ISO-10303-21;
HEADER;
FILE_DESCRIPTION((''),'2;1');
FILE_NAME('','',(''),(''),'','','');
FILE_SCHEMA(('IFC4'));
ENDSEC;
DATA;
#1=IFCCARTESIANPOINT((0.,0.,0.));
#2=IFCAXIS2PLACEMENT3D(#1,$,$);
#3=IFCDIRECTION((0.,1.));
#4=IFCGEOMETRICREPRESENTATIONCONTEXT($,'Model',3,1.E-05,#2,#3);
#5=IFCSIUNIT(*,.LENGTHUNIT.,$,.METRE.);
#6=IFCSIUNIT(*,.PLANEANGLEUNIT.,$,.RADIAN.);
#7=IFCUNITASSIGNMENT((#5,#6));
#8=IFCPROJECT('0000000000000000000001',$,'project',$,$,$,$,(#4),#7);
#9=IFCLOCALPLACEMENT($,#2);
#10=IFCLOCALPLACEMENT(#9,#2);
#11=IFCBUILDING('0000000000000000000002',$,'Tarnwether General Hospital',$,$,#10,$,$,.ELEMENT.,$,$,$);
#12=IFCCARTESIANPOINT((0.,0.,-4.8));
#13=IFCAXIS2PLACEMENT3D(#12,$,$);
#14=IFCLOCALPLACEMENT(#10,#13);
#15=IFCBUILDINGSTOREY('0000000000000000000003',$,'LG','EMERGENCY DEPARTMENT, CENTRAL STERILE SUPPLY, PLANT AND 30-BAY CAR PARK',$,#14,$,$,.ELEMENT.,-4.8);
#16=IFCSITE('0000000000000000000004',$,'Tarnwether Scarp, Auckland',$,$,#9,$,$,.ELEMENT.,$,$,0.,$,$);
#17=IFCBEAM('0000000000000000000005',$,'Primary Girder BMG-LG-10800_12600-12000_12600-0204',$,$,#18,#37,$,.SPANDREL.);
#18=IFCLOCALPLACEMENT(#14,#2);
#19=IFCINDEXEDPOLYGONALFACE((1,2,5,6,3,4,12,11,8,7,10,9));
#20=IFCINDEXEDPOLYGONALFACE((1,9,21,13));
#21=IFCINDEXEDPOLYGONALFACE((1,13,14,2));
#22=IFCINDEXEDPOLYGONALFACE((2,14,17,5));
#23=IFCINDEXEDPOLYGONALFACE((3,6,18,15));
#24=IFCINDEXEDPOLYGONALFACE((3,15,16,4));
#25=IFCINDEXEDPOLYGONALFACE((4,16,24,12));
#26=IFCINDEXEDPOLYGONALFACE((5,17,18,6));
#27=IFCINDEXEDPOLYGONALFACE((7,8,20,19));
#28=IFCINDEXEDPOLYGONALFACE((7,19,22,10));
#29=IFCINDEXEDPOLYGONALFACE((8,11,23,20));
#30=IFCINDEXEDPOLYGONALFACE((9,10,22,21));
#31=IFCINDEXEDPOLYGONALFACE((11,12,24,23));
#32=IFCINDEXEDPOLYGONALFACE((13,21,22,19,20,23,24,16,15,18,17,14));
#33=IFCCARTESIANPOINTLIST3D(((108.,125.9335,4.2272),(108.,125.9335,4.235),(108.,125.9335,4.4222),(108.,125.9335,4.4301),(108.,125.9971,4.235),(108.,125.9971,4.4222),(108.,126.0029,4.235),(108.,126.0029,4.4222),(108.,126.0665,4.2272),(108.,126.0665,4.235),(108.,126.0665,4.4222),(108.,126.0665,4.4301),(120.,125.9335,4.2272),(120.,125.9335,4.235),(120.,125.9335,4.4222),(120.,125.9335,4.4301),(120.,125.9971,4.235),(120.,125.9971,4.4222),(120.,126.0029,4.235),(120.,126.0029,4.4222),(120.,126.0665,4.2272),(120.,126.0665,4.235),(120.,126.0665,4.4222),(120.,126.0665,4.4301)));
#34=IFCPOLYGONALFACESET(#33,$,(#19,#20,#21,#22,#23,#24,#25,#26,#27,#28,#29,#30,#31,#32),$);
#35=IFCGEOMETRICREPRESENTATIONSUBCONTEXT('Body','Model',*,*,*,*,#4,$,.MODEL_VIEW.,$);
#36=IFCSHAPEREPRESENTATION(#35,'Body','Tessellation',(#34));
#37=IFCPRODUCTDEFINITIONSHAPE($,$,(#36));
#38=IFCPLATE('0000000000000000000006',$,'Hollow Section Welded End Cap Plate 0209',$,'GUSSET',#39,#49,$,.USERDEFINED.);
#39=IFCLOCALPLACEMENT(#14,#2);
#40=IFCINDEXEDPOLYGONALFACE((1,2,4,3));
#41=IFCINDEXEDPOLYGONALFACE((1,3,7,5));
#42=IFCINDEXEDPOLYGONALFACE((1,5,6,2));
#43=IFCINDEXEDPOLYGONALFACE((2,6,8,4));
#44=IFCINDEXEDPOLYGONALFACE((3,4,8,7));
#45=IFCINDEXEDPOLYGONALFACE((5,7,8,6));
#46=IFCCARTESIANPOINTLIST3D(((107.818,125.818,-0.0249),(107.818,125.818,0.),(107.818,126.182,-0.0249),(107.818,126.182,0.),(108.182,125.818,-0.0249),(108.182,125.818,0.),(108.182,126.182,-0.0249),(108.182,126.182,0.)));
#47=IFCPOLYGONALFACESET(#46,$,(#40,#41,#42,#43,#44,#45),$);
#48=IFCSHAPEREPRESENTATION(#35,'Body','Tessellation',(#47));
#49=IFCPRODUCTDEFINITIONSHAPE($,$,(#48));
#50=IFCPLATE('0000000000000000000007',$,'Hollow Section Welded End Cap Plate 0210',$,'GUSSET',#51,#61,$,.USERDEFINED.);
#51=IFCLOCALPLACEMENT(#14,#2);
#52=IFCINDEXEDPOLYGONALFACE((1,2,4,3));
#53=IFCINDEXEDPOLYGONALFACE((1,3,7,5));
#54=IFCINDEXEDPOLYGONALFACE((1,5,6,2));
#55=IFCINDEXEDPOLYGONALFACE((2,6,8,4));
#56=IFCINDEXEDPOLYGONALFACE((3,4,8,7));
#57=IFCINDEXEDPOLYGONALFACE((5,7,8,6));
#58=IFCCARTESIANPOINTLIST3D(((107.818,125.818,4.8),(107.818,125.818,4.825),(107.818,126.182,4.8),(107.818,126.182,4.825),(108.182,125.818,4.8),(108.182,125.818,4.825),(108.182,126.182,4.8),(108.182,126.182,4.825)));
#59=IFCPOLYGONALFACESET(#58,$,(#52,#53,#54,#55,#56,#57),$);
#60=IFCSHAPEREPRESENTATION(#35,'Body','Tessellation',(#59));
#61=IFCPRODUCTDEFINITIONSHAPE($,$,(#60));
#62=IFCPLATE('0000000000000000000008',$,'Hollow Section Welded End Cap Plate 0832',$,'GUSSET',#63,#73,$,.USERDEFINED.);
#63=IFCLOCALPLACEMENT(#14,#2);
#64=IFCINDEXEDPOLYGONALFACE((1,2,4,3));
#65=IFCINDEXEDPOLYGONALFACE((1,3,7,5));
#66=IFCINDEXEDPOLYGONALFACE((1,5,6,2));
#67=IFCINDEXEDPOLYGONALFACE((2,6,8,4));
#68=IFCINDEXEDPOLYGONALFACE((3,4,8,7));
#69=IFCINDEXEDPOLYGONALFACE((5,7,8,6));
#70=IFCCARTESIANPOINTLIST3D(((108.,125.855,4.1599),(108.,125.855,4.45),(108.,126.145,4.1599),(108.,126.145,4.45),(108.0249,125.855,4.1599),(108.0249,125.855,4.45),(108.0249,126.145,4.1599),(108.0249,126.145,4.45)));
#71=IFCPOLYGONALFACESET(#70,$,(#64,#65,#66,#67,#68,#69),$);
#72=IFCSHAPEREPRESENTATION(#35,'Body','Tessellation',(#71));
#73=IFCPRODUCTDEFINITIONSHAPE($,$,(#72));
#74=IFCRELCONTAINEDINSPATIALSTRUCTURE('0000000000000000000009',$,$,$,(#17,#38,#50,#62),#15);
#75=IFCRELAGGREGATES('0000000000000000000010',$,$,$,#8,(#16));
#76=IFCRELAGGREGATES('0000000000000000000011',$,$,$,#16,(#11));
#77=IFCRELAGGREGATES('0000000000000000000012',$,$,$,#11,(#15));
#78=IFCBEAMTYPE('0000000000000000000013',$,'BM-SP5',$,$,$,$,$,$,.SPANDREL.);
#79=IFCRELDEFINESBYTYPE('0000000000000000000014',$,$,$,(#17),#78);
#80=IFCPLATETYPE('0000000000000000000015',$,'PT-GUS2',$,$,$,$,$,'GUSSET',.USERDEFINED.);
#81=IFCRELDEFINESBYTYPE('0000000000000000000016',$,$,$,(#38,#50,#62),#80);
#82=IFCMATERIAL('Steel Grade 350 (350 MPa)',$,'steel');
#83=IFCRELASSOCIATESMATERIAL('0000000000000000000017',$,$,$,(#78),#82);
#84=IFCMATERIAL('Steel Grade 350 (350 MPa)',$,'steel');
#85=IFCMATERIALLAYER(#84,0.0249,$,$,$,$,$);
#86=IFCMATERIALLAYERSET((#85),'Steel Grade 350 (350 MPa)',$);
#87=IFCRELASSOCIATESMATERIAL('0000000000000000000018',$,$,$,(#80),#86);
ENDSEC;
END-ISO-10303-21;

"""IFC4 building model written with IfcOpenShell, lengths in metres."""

from ifc_helpers import new_model, si_unit, direction, frame, origin, origin_2d, place, context, subcontext, project, spatial, rectangle, i_section, extrude, material, layer, layer_set, material_profile, profile_set, type_object, element, save


model = new_model("IFC4")

# Units and contexts
model_context = context("Model", 3, precision=1e-05, world=origin(), true_north=direction((0.0, 1.0)))
body_context = subcontext(model_context, "Body", "Model", "MODEL_VIEW")
ifc_project = project(units=[si_unit("LENGTHUNIT", "METRE"), si_unit("PLANEANGLEUNIT", "RADIAN")], contexts=[model_context])

# Site, building, storey
site_placement = place(None, origin())
site = spatial("IfcSite", under=ifc_project, at=site_placement, Name="Tarnwether Scarp, Auckland", CompositionType="ELEMENT", RefElevation=0.0)
building_placement = place(site_placement, origin())
building = spatial("IfcBuilding", under=site, at=building_placement, Name="Tarnwether General Hospital", CompositionType="ELEMENT")
storey_placement = place(building_placement, frame((0.0, 0.0, -4.8)))
storey = spatial("IfcBuildingStorey", under=building, at=storey_placement, Name="LG", Description="EMERGENCY DEPARTMENT, CENTRAL STERILE SUPPLY, PLANT AND 30-BAY CAR PARK", CompositionType="ELEMENT", Elevation=-4.8)

# Beam
ifc_material_1 = material(Name="Steel Grade 350 (350 MPa)", Category="steel")
ifc_material_profile_1 = material_profile(ifc_material_1, i_section(OverallWidth=0.1331, OverallDepth=0.2029, WebThickness=0.0059, FlangeThickness=0.0078, at=origin_2d()), Name="200UB25.4")
ifc_profile_set_1 = profile_set([ifc_material_profile_1], Name="Steel Grade 350 (350 MPa)")
beam_type_1 = type_object("IfcBeamType", Name="BM-SP5", PredefinedType="SPANDREL", material=ifc_profile_set_1)
beam_1_placement = place(storey_placement, frame((108.0, 126.0, 4.3286), z_axis=(1.0, 0.0, 0.0), x_axis=(0.0, 1.0, 0.0)))
element("IfcBeam", 1, at=beam_1_placement, inside=storey, type_object=beam_type_1, Name="Primary Girder BMG-LG-10800_12600-12000_12600-0204", PredefinedType="SPANDREL", context=body_context, shape_type="SweptSolid", body=[
    extrude(i_section(OverallWidth=0.1331, OverallDepth=0.2029, WebThickness=0.0059, FlangeThickness=0.0078, at=origin_2d()), origin(), (0.0, 0.0, 1.0), 12.0),
])

# Plates
ifc_material_2 = material(Name="Steel Grade 350 (350 MPa)", Category="steel")
ifc_layer = layer(ifc_material_2, 0.0249)
ifc_layer_set = layer_set([ifc_layer], Name="Steel Grade 350 (350 MPa)")
plate_type = type_object("IfcPlateType", Name="PT-GUS2", ElementType="GUSSET", PredefinedType="USERDEFINED", material=ifc_layer_set)
for number, where, z_axis, x_axis, name in (
    (2, (108.0, 126.0, -0.0249), (0.0, 0.0, 1.0), (1.0, 0.0, 0.0), "Hollow Section Welded End Cap Plate 0209"),
    (3, (108.0, 126.0, 4.8), (0.0, 0.0, 1.0), (1.0, 0.0, 0.0), "Hollow Section Welded End Cap Plate 0210"),
):
    element("IfcPlate", number, at=place(storey_placement, frame(where, z_axis=z_axis, x_axis=x_axis)), inside=storey, type_object=plate_type, Name=name, ObjectType="GUSSET", PredefinedType="USERDEFINED", context=body_context, shape_type="SweptSolid", body=[
        extrude(rectangle(XDim=0.364, YDim=0.364, at=origin_2d()), origin(), (0.0, 0.0, 1.0), 0.0249),
    ])
plate_placement = place(storey_placement, frame((108.0125, 126.0, 4.1599), z_axis=(0.0, 0.0, 1.0), x_axis=(1.0, 0.0, 0.0)))
element("IfcPlate", 4, at=plate_placement, inside=storey, type_object=plate_type, Name="Hollow Section Welded End Cap Plate 0832", ObjectType="GUSSET", PredefinedType="USERDEFINED", context=body_context, shape_type="SweptSolid", body=[
    extrude(rectangle(XDim=0.0249, YDim=0.29, at=origin_2d()), origin(), (0.0, 0.0, 1.0), 0.29),
])

save(model, "model.ifc")
